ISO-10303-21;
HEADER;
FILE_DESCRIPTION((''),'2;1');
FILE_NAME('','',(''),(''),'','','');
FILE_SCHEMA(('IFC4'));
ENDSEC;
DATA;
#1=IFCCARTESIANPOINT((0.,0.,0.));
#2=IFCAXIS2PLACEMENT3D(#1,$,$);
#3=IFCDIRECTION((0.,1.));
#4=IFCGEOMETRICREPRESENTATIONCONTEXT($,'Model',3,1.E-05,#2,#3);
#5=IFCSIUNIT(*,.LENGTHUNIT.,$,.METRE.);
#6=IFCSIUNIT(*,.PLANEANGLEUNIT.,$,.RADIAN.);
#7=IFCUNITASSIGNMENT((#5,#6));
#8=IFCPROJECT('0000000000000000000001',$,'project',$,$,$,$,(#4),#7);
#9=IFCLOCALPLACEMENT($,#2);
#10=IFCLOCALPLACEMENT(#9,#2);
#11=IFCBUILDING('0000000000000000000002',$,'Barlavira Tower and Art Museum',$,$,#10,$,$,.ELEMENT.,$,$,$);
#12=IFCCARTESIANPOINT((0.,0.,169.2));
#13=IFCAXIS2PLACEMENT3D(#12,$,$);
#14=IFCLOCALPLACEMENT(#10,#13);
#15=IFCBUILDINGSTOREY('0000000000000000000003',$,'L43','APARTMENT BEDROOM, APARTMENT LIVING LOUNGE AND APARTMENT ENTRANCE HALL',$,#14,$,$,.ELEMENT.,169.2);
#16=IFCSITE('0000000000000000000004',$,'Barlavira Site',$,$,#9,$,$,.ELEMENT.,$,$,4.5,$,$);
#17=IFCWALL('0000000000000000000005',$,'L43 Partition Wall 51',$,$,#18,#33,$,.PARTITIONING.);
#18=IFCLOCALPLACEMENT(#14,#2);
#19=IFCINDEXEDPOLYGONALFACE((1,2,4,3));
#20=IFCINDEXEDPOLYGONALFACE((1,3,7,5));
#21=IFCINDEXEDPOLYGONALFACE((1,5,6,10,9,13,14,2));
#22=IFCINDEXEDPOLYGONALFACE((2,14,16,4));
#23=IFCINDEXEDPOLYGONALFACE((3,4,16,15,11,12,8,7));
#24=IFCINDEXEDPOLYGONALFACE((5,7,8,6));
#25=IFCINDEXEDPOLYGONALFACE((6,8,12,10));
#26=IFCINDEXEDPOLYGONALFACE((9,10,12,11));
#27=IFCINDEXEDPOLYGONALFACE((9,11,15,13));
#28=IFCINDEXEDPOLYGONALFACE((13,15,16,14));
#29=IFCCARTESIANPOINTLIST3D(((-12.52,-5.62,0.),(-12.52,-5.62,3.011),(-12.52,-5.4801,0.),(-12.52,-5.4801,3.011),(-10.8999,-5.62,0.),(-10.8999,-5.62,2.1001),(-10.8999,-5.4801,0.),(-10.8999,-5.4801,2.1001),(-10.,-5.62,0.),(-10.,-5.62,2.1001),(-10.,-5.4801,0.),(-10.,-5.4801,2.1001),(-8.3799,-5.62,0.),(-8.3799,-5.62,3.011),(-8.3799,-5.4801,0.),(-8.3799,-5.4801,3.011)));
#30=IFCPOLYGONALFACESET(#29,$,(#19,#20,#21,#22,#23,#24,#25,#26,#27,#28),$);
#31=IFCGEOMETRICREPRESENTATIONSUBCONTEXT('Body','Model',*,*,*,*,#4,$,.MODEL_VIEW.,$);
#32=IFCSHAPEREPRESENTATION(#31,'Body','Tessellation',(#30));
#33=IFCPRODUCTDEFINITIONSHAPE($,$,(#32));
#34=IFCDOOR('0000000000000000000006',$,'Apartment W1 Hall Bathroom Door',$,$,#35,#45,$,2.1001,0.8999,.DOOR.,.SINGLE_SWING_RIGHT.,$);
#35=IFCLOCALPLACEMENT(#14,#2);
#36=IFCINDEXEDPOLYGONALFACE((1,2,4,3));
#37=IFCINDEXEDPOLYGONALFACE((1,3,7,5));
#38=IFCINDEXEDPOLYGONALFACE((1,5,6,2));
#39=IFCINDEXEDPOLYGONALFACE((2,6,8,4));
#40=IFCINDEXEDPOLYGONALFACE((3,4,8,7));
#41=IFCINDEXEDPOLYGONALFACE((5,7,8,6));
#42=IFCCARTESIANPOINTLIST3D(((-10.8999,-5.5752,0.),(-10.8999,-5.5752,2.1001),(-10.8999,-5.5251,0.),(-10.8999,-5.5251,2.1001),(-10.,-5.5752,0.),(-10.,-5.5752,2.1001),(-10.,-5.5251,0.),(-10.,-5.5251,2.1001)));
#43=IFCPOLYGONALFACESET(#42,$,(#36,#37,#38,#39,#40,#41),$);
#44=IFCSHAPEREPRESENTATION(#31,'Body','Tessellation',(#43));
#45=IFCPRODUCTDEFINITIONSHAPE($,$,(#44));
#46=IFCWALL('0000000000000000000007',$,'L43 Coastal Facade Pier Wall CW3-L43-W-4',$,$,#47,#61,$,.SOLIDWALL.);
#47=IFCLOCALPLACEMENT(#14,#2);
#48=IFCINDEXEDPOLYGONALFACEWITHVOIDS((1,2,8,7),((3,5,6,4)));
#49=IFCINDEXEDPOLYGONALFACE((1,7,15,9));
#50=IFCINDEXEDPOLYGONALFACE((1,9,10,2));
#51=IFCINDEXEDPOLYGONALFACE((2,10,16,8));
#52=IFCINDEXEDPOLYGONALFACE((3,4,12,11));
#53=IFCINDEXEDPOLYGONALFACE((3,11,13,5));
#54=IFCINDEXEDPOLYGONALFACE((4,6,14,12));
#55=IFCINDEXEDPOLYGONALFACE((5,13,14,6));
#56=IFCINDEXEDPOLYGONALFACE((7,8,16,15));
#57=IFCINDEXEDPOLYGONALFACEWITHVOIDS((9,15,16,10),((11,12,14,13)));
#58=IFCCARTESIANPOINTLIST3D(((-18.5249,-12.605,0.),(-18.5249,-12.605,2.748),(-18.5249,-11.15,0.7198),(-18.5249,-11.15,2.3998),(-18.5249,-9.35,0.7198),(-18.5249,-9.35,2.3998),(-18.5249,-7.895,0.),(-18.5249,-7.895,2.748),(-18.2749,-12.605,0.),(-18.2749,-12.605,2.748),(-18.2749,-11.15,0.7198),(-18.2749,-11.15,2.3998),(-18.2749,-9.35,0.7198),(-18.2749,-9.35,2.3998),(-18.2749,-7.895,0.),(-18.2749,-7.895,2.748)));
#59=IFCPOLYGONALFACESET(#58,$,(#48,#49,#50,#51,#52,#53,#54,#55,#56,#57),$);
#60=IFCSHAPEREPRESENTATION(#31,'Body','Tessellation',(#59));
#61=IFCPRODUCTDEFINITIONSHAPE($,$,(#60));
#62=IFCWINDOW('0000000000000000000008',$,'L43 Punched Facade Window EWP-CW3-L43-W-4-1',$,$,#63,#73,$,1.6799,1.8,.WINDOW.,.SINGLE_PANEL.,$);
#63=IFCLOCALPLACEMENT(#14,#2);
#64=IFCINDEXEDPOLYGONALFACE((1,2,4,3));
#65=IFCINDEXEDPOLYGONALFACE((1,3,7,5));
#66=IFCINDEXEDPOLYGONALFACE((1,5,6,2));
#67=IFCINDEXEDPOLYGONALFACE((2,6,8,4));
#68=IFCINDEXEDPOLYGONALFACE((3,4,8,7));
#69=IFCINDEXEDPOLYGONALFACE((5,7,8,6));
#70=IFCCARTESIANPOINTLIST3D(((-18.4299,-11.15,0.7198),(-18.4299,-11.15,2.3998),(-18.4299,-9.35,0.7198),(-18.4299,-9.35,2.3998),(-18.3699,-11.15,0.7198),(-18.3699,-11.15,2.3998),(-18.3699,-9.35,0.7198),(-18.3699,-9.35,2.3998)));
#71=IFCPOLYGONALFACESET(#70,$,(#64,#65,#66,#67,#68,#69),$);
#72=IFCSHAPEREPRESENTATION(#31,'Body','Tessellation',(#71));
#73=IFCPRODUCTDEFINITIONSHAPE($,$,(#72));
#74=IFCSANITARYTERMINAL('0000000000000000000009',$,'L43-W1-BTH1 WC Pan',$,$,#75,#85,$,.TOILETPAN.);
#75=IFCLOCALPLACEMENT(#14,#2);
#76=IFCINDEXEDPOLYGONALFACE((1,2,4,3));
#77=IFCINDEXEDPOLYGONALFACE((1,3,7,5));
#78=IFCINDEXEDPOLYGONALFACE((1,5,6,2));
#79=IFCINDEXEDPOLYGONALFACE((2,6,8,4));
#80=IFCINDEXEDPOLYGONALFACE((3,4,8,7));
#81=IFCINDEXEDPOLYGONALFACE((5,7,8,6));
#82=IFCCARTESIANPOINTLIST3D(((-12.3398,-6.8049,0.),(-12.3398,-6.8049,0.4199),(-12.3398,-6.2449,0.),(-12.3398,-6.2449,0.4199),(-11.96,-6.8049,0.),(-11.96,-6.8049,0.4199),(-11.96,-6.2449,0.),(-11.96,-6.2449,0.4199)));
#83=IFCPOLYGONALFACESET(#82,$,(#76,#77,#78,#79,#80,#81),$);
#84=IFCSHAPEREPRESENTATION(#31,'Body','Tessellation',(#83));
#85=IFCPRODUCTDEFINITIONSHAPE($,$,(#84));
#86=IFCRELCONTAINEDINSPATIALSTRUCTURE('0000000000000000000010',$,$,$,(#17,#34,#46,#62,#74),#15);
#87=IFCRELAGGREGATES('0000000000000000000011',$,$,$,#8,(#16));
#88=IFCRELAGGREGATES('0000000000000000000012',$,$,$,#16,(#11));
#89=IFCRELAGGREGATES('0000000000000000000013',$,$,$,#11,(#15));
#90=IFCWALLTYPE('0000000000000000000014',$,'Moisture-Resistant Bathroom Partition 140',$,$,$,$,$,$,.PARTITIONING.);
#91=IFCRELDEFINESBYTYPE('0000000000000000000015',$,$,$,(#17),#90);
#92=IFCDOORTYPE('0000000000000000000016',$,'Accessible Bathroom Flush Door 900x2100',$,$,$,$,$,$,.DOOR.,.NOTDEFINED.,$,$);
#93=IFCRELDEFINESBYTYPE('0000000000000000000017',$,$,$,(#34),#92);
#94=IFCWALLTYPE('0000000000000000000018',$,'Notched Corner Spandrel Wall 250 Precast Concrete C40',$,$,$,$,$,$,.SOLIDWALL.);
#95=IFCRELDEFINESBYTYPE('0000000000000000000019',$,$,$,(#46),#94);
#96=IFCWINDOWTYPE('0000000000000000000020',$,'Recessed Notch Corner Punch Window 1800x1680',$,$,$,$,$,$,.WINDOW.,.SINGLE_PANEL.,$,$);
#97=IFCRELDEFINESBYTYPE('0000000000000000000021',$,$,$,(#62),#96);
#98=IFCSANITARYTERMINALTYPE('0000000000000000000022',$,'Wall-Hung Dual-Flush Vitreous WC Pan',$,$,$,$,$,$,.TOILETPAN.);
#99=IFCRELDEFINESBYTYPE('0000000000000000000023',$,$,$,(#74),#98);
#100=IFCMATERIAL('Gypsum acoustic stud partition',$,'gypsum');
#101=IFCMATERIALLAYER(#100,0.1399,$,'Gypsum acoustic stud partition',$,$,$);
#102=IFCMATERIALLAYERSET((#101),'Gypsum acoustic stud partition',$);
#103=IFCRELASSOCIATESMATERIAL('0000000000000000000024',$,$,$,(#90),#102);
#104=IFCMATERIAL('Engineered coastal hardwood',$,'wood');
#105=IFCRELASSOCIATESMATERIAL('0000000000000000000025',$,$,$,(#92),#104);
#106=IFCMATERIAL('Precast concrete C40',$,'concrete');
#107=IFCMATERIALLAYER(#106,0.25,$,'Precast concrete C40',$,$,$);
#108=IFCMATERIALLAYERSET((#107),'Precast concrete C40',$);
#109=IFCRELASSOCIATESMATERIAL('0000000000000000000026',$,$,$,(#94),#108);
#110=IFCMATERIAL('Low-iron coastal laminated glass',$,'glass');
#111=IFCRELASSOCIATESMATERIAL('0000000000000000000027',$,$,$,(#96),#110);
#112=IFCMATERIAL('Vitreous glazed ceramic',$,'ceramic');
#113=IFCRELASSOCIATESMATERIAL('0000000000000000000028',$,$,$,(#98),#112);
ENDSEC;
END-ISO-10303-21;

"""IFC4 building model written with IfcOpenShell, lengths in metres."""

from ifc_helpers import new_model, si_unit, direction, frame, frame_2d, origin, origin_2d, place, context, subcontext, project, spatial, rectangle, extrude, material, layer, layer_set, type_object, element, fill, save


model = new_model("IFC4")

# Units and contexts
model_context = context("Model", 3, precision=1e-05, world=origin(), true_north=direction((0.0, 1.0)))
body_context = subcontext(model_context, "Body", "Model", "MODEL_VIEW")
ifc_project = project(units=[si_unit("LENGTHUNIT", "METRE"), si_unit("PLANEANGLEUNIT", "RADIAN")], contexts=[model_context])

# Site, building, storey
site_placement = place(None, origin())
site = spatial("IfcSite", under=ifc_project, at=site_placement, Name="Barlavira Site", CompositionType="ELEMENT", RefElevation=4.5)
building_placement = place(site_placement, origin())
building = spatial("IfcBuilding", under=site, at=building_placement, Name="Barlavira Tower and Art Museum", CompositionType="ELEMENT")
storey_placement = place(building_placement, frame((0.0, 0.0, 169.2)))
storey = spatial("IfcBuildingStorey", under=building, at=storey_placement, Name="L43", Description="APARTMENT BEDROOM, APARTMENT LIVING LOUNGE AND APARTMENT ENTRANCE HALL", CompositionType="ELEMENT", Elevation=169.2)

# Shared definitions
ifc_material_1 = material(Name="Low-iron coastal laminated glass", Category="glass")

# Shared definitions
ifc_material_2 = material(Name="Gypsum acoustic stud partition", Category="gypsum")
ifc_material_3 = material(Name="Engineered coastal hardwood", Category="wood")

# Wall, opening, door
ifc_layer_1 = layer(ifc_material_2, 0.1399, Name="Gypsum acoustic stud partition")
ifc_layer_set_1 = layer_set([ifc_layer_1], Name="Gypsum acoustic stud partition")
wall_type_1 = type_object("IfcWallType", Name="Moisture-Resistant Bathroom Partition 140", PredefinedType="PARTITIONING", material=ifc_layer_set_1)
wall_1_placement = place(storey_placement, frame((-12.52, -5.55, 0.0), z_axis=(0.0, 0.0, 1.0), x_axis=(1.0, 0.0, 0.0)))
wall_1 = element("IfcWall", 1, at=wall_1_placement, inside=storey, type_object=wall_type_1, Name="L43 Partition Wall 51", PredefinedType="PARTITIONING", context=body_context, shape_type="SweptSolid", body=[
    extrude(rectangle(XDim=4.1401, YDim=0.1399, at=frame_2d((2.0701, 0.0))), origin(), (0.0, 0.0, 1.0), 3.011),
])
opening_1_placement = place(wall_1_placement, frame((1.6201, 0.0, 0.0)))
opening_1 = element("IfcOpeningElement", 2, at=opening_1_placement, cuts=wall_1, PredefinedType="OPENING", context=body_context, shape_type="SweptSolid", body=[
    extrude(rectangle(XDim=0.8999, YDim=2.1001, at=frame_2d((0.45, 1.05))), frame((0.0, 0.0801, 0.0), z_axis=(0.0, -1.0, 0.0), x_axis=(1.0, 0.0, 0.0)), (0.0, 0.0, 1.0), 0.1599),
])
door_type_1 = type_object("IfcDoorType", Name="Accessible Bathroom Flush Door 900x2100", OperationType="NOTDEFINED", PredefinedType="DOOR", material=ifc_material_3)
door_1_placement = place(opening_1_placement, origin())
door_1 = element("IfcDoor", 3, at=door_1_placement, inside=storey, type_object=door_type_1, Name="Apartment W1 Hall Bathroom Door", OperationType="SINGLE_SWING_RIGHT", OverallHeight=2.1001, OverallWidth=0.8999, PredefinedType="DOOR", context=body_context, shape_type="SweptSolid", body=[
    extrude(rectangle(XDim=0.8999, YDim=2.1001, at=frame_2d((0.45, 1.05))), frame((0.0, 0.0249, 0.0), z_axis=(0.0, -1.0, 0.0), x_axis=(1.0, 0.0, 0.0)), (0.0, 0.0, 1.0), 0.05),
])
fill(opening_1, door_1)

# Wall, opening, window
ifc_material_4 = material(Name="Precast concrete C40", Category="concrete")
ifc_layer_2 = layer(ifc_material_4, 0.25, Name="Precast concrete C40")
ifc_layer_set_2 = layer_set([ifc_layer_2], Name="Precast concrete C40")
wall_type_2 = type_object("IfcWallType", Name="Notched Corner Spandrel Wall 250 Precast Concrete C40", PredefinedType="SOLIDWALL", material=ifc_layer_set_2)
wall_2_placement = place(storey_placement, frame((-18.3999, -7.895, 0.0), z_axis=(0.0, 0.0, 1.0), x_axis=(0.0, -1.0, 0.0)))
wall_2 = element("IfcWall", 4, at=wall_2_placement, inside=storey, type_object=wall_type_2, Name="L43 Coastal Facade Pier Wall CW3-L43-W-4", PredefinedType="SOLIDWALL", context=body_context, shape_type="SweptSolid", body=[
    extrude(rectangle(XDim=4.71, YDim=0.25, at=frame_2d((2.355, 0.0))), origin(), (0.0, 0.0, 1.0), 2.748),
])
opening_2_placement = place(wall_2_placement, frame((1.4551, 0.0, 0.72)))
opening_2 = element("IfcOpeningElement", 5, at=opening_2_placement, cuts=wall_2, PredefinedType="OPENING", context=body_context, shape_type="SweptSolid", body=[
    extrude(rectangle(XDim=1.8, YDim=1.6799, at=frame_2d((0.8999, 0.8398))), frame((0.0, 0.135, 0.0), z_axis=(0.0, -1.0, 0.0), x_axis=(1.0, 0.0, 0.0)), (0.0, 0.0, 1.0), 0.27),
])
window_type = type_object("IfcWindowType", Name="Recessed Notch Corner Punch Window 1800x1680", PartitioningType="SINGLE_PANEL", PredefinedType="WINDOW", material=ifc_material_1)
window_placement = place(opening_2_placement, origin())
window = element("IfcWindow", 6, at=window_placement, inside=storey, type_object=window_type, Name="L43 Punched Facade Window EWP-CW3-L43-W-4-1", OverallHeight=1.6799, OverallWidth=1.8, PartitioningType="SINGLE_PANEL", PredefinedType="WINDOW", context=body_context, shape_type="SweptSolid", body=[
    extrude(rectangle(XDim=1.8, YDim=1.6799, at=frame_2d((0.8999, 0.8398))), frame((0.0, 0.03, 0.0), z_axis=(0.0, -1.0, 0.0), x_axis=(1.0, 0.0, 0.0)), (0.0, 0.0, 1.0), 0.0601),
])
fill(opening_2, window)

# Sanitary terminal
ifc_material_5 = material(Name="Vitreous glazed ceramic", Category="ceramic")
sanitary_terminal_type = type_object("IfcSanitaryTerminalType", Name="Wall-Hung Dual-Flush Vitreous WC Pan", PredefinedType="TOILETPAN", material=ifc_material_5)
sanitary_terminal_placement = place(storey_placement, frame((-12.1499, -6.5249, 0.0), z_axis=(0.0, 0.0, 1.0), x_axis=(1.0, 0.0, 0.0)))
element("IfcSanitaryTerminal", 7, at=sanitary_terminal_placement, inside=storey, type_object=sanitary_terminal_type, Name="L43-W1-BTH1 WC Pan", PredefinedType="TOILETPAN", context=body_context, shape_type="SweptSolid", body=[
    extrude(rectangle(XDim=0.3799, YDim=0.5601, at=origin_2d()), origin(), (0.0, 0.0, 1.0), 0.4199),
])

save(model, "model.ifc")
